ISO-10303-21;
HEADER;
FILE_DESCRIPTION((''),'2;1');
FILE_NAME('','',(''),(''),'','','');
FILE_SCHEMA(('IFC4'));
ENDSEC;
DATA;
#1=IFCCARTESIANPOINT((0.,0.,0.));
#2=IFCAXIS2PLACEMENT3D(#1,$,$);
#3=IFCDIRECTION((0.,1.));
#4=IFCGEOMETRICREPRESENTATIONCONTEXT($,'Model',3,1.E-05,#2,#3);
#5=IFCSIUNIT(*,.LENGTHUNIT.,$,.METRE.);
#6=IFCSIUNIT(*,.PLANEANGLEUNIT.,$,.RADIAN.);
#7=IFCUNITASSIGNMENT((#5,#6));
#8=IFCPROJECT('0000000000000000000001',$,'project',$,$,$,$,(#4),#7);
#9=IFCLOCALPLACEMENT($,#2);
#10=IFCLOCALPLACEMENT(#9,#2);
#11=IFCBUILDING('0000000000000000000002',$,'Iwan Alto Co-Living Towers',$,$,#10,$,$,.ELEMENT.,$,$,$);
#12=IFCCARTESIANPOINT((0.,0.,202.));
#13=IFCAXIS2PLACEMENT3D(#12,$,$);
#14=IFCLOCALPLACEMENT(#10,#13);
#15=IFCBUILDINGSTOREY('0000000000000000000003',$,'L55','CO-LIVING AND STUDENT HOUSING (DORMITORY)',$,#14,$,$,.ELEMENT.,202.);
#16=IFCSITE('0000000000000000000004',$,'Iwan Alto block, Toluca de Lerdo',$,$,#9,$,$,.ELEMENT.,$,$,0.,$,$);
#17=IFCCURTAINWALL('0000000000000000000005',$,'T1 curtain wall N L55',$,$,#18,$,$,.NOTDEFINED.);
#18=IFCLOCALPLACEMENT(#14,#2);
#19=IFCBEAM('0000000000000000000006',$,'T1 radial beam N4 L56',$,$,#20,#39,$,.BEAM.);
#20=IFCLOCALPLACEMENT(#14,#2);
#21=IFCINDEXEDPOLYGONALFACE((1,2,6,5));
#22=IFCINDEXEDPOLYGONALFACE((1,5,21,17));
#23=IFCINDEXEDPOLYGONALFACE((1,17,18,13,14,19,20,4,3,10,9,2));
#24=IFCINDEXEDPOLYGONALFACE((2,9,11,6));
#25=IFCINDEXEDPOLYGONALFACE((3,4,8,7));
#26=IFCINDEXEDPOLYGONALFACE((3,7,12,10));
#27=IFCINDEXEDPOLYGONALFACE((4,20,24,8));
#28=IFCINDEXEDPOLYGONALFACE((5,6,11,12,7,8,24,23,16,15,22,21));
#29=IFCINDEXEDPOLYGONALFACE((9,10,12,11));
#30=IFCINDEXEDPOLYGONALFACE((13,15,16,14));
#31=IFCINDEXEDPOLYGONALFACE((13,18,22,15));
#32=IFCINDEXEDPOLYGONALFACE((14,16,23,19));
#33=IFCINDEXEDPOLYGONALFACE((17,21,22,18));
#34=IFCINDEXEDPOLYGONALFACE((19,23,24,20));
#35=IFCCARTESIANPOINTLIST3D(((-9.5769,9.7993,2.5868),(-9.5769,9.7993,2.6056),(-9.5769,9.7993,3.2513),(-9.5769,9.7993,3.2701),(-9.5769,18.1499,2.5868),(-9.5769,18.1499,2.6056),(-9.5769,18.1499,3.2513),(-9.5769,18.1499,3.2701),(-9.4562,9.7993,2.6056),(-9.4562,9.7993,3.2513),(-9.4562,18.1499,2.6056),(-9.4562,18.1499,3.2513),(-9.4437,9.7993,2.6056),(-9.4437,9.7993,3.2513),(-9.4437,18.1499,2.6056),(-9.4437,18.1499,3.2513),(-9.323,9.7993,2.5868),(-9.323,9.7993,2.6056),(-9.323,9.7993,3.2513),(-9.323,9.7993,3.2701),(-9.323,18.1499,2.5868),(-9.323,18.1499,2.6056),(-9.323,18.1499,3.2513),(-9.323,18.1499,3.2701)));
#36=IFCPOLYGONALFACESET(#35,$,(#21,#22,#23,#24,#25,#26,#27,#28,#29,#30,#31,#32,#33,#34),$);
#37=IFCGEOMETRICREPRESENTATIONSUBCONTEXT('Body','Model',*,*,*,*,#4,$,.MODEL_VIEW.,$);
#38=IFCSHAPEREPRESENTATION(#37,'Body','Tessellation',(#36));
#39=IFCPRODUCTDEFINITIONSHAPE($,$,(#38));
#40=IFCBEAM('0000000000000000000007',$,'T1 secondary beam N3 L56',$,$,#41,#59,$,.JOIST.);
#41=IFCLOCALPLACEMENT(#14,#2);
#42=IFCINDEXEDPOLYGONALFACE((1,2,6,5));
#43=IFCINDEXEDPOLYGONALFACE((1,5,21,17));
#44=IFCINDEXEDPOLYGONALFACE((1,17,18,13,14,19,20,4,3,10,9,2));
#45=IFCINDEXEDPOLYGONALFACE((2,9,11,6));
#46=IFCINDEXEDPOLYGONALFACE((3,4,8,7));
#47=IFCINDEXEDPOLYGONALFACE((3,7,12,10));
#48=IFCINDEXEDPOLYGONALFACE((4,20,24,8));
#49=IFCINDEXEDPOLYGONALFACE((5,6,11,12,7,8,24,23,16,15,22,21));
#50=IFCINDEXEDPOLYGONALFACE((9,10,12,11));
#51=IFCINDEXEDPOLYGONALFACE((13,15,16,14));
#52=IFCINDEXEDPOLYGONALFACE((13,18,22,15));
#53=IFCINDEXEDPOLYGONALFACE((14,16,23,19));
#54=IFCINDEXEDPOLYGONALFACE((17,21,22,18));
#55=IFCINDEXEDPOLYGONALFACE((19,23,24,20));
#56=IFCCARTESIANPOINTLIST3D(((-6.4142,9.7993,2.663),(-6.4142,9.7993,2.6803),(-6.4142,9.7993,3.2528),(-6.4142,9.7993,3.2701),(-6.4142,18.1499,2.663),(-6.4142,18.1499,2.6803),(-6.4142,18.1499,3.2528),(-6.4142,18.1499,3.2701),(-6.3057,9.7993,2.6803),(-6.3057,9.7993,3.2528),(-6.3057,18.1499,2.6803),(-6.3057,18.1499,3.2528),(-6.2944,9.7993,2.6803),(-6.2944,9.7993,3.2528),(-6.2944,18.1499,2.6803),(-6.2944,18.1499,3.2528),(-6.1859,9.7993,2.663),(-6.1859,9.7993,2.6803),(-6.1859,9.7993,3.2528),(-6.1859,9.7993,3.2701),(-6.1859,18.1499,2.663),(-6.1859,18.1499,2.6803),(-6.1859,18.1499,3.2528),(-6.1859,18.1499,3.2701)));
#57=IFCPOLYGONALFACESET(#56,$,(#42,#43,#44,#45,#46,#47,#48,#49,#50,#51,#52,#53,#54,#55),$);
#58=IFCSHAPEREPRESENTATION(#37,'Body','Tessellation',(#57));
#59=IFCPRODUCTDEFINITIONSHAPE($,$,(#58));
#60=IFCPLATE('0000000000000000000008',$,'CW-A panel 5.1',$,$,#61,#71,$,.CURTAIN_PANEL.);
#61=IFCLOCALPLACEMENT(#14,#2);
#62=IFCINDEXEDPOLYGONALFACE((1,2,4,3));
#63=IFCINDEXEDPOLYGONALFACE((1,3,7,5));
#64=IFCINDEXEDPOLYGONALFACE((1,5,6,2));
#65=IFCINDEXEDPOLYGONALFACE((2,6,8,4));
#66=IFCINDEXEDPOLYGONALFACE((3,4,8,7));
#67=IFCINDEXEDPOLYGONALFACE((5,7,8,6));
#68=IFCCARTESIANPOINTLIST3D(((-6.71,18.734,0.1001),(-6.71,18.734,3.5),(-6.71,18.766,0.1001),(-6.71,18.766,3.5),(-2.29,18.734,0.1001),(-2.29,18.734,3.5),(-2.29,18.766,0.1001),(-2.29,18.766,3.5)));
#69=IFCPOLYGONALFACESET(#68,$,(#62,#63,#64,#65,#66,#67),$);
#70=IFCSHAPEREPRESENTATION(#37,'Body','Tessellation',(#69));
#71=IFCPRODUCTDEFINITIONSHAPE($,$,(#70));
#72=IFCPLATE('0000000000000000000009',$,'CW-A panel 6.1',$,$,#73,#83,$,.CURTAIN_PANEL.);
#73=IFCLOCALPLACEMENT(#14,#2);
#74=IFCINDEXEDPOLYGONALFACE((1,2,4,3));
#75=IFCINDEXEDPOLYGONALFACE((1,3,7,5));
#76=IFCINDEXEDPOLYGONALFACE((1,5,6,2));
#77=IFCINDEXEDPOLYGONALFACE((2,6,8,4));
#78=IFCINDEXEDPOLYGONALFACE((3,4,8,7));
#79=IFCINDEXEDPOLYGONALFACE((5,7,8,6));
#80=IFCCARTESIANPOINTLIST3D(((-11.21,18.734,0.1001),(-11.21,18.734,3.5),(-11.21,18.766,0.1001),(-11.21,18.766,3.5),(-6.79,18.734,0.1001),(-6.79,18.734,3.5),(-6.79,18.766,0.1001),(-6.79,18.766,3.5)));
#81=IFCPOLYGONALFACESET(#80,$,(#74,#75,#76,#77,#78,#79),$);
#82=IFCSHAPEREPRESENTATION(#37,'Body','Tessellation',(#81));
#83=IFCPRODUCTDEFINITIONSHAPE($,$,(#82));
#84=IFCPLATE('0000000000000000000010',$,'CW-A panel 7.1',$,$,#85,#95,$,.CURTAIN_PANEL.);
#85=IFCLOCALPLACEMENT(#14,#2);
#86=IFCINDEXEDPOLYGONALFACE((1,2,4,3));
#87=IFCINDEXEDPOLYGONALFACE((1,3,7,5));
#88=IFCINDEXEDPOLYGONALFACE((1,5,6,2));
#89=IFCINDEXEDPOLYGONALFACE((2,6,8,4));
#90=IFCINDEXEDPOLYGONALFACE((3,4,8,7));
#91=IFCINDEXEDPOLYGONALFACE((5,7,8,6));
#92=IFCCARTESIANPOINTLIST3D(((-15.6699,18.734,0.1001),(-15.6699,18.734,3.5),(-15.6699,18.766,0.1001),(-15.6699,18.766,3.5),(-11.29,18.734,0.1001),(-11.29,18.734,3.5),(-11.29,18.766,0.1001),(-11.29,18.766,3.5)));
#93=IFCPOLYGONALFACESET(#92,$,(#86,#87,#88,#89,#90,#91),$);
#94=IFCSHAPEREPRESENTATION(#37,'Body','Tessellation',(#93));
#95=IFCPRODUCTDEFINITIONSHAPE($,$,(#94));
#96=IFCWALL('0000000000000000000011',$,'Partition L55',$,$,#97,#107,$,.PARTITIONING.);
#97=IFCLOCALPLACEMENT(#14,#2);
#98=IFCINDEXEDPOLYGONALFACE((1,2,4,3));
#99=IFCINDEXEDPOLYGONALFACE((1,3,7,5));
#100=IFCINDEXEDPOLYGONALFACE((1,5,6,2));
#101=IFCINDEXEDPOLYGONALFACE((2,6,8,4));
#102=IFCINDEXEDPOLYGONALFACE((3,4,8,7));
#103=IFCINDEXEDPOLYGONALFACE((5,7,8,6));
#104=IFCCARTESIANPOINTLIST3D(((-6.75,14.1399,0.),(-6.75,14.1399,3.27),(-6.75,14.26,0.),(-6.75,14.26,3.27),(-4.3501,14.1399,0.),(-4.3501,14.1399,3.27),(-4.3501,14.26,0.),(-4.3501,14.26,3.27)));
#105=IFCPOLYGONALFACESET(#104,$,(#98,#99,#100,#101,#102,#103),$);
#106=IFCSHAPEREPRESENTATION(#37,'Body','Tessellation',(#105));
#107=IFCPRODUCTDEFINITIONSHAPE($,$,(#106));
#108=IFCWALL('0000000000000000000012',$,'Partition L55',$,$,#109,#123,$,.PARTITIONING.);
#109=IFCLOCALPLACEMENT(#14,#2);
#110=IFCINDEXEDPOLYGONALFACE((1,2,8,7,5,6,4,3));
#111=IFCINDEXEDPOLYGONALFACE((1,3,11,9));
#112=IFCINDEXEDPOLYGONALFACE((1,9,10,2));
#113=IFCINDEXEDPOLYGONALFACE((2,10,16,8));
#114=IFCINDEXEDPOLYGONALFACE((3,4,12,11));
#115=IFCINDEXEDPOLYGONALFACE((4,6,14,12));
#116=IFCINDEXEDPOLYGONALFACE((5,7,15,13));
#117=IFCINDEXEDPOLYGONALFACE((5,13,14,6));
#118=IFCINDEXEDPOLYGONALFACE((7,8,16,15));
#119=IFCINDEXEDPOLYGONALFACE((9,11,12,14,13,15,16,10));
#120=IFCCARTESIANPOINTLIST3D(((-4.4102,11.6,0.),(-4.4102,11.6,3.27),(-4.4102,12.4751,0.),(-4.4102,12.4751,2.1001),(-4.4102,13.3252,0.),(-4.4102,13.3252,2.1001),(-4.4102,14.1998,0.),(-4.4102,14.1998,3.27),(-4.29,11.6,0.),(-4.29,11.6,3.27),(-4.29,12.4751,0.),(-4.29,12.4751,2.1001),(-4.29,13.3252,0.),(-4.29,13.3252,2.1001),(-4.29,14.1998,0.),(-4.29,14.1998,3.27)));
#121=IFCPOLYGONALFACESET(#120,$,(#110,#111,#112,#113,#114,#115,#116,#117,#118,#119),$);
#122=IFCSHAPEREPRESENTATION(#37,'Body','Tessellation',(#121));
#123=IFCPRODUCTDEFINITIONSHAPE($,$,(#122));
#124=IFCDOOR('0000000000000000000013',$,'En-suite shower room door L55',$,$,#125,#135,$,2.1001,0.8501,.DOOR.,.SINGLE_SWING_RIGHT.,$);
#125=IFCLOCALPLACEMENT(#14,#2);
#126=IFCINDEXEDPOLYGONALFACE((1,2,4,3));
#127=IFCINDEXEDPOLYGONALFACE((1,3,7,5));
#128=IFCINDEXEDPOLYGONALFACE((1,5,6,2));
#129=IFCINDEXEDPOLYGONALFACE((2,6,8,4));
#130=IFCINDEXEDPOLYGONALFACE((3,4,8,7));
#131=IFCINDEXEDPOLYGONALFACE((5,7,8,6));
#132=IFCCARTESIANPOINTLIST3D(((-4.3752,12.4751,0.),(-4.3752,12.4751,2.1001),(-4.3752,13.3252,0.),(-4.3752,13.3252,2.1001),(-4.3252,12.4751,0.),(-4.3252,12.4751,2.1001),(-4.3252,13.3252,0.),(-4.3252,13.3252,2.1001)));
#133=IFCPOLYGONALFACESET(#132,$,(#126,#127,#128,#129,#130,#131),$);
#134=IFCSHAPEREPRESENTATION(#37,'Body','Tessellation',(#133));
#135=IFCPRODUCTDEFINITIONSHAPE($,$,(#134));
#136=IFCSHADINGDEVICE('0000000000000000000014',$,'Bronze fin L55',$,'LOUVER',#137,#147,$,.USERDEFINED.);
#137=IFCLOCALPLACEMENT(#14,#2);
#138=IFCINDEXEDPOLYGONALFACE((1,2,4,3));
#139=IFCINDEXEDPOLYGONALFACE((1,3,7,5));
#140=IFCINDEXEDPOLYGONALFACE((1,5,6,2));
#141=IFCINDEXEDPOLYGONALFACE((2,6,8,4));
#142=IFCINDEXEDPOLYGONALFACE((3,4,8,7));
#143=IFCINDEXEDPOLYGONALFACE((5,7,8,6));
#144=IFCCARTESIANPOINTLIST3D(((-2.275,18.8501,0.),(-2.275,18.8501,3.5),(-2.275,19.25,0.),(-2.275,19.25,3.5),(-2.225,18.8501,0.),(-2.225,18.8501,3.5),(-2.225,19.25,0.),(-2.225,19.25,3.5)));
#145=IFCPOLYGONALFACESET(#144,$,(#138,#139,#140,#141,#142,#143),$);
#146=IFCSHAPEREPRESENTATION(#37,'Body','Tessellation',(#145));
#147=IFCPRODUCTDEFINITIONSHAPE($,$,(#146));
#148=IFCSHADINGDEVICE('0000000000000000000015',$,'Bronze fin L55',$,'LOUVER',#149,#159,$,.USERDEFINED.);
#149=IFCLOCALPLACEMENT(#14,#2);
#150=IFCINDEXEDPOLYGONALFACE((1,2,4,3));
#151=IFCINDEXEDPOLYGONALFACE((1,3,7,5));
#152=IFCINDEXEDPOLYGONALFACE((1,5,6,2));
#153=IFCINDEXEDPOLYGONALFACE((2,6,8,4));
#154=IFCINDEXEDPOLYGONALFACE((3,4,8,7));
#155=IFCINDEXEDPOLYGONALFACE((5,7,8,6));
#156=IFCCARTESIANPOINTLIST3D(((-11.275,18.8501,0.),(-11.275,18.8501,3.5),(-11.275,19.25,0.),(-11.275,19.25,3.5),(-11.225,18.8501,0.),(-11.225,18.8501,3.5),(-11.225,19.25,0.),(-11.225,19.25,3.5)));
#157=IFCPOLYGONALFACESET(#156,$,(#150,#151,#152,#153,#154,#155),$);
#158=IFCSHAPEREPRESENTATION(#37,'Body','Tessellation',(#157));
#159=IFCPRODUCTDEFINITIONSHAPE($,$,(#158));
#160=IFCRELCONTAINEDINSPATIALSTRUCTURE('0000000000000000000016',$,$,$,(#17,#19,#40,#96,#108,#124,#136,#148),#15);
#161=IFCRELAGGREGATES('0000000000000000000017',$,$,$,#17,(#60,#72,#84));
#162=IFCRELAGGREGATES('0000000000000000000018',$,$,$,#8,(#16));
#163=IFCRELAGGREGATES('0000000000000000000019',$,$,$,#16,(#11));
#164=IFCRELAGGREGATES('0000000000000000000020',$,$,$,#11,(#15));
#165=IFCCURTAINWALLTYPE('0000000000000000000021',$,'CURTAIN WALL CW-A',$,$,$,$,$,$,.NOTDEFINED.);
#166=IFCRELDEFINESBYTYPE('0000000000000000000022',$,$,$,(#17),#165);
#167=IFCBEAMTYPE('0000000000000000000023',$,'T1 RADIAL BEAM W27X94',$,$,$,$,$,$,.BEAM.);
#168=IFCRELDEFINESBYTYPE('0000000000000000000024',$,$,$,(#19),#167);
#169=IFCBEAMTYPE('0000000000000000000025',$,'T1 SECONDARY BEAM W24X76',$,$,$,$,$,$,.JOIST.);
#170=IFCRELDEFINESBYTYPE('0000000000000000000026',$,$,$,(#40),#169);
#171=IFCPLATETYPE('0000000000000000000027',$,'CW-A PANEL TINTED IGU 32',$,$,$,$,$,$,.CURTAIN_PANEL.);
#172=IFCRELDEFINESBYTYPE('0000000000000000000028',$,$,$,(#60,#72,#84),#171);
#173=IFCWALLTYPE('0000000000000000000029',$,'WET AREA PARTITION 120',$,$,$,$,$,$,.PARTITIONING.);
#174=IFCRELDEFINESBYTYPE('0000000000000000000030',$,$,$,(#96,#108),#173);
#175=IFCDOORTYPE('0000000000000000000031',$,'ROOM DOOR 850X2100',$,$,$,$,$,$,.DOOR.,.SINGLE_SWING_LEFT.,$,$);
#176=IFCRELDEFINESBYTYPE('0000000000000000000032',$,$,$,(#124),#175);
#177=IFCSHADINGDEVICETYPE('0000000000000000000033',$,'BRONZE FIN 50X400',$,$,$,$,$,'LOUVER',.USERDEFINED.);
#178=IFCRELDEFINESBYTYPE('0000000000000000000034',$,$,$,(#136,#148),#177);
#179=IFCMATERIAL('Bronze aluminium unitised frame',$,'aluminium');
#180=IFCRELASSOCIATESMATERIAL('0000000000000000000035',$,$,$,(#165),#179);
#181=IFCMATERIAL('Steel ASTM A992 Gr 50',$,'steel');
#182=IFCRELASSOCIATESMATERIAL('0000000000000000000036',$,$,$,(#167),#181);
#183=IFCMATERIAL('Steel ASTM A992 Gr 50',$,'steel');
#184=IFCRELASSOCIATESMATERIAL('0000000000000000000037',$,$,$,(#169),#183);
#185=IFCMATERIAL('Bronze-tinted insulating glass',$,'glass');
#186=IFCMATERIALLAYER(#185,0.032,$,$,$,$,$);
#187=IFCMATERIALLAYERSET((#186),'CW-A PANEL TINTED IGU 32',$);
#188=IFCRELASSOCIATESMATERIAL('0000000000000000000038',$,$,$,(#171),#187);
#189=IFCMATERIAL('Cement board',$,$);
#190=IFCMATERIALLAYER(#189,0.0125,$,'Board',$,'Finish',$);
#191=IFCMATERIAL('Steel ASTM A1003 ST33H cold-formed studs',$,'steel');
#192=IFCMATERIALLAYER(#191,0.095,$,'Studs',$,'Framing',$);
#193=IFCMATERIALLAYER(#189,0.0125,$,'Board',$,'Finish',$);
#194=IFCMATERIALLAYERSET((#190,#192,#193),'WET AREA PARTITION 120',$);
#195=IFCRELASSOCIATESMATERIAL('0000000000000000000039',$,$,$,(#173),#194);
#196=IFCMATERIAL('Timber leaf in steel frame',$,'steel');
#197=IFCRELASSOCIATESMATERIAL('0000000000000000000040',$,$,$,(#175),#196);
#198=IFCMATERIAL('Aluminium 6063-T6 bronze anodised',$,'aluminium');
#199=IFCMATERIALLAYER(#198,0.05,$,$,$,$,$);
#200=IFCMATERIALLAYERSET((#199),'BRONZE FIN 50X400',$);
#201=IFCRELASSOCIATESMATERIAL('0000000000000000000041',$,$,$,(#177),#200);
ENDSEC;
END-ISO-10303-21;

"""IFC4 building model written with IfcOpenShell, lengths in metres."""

from ifc_helpers import new_model, si_unit, direction, frame, frame_2d, origin, origin_2d, place, context, subcontext, project, spatial, rectangle, i_section, extrude, material, layer, layer_set, material_profile, profile_set, type_object, element, fill, aggregate, save


model = new_model("IFC4")

# Units and contexts
model_context = context("Model", 3, precision=1e-05, world=origin(), true_north=direction((0.0, 1.0)))
body_context = subcontext(model_context, "Body", "Model", "MODEL_VIEW")
ifc_project = project(units=[si_unit("LENGTHUNIT", "METRE"), si_unit("PLANEANGLEUNIT", "RADIAN")], contexts=[model_context])

# Site, building, storey
site_placement = place(None, origin())
site = spatial("IfcSite", under=ifc_project, at=site_placement, Name="Iwan Alto block, Toluca de Lerdo", CompositionType="ELEMENT", RefElevation=0.0)
building_placement = place(site_placement, origin())
building = spatial("IfcBuilding", under=site, at=building_placement, Name="Iwan Alto Co-Living Towers", CompositionType="ELEMENT")
storey_placement = place(building_placement, frame((0.0, 0.0, 202.0)))
storey = spatial("IfcBuildingStorey", under=building, at=storey_placement, Name="L55", Description="CO-LIVING AND STUDENT HOUSING (DORMITORY)", CompositionType="ELEMENT", Elevation=202.0)

# Curtain wall
ifc_material_1 = material(Name="Bronze aluminium unitised frame", Category="aluminium")
curtain_wall_type = type_object("IfcCurtainWallType", Name="CURTAIN WALL CW-A", PredefinedType="NOTDEFINED", material=ifc_material_1)
curtain_wall_placement = place(storey_placement, origin())
curtain_wall = element("IfcCurtainWall", 1, at=curtain_wall_placement, inside=storey, type_object=curtain_wall_type, Name="T1 curtain wall N L55", PredefinedType="NOTDEFINED")

# Beams
ifc_material_2 = material(Name="Steel ASTM A992 Gr 50", Category="steel")
ifc_material_profile_1 = material_profile(ifc_material_2, i_section(OverallWidth=0.2539, OverallDepth=0.6833, WebThickness=0.0125, FlangeThickness=0.0188, at=origin_2d()), Name="W27X94")
ifc_profile_set_1 = profile_set([ifc_material_profile_1], Name="Steel ASTM A992 Gr 50")
beam_type_1 = type_object("IfcBeamType", Name="T1 RADIAL BEAM W27X94", PredefinedType="BEAM", material=ifc_profile_set_1)
for number, where, z_axis, x_axis, name in (
    (2, (-9.45, 18.1499, 2.9285), (0.0, -1.0, 0.0), (1.0, 0.0, 0.0), "T1 radial beam N4 L56"),
):
    element("IfcBeam", number, at=place(storey_placement, frame(where, z_axis=z_axis, x_axis=x_axis)), inside=storey, type_object=beam_type_1, Name=name, PredefinedType="BEAM", context=body_context, shape_type="SweptSolid", body=[
        extrude(i_section(OverallWidth=0.2539, OverallDepth=0.6833, WebThickness=0.0125, FlangeThickness=0.0188, at=origin_2d()), origin(), (0.0, 0.0, 1.0), 8.3506),
    ])
ifc_material_3 = material(Name="Steel ASTM A992 Gr 50", Category="steel")
ifc_material_profile_2 = material_profile(ifc_material_3, i_section(OverallWidth=0.2283, OverallDepth=0.6072, WebThickness=0.0112, FlangeThickness=0.0173, at=origin_2d()), Name="W24X76")
ifc_profile_set_2 = profile_set([ifc_material_profile_2], Name="Steel ASTM A992 Gr 50")
beam_type_2 = type_object("IfcBeamType", Name="T1 SECONDARY BEAM W24X76", PredefinedType="JOIST", material=ifc_profile_set_2)
beam_1_placement = place(storey_placement, frame((-6.3, 18.1499, 2.9666), z_axis=(0.0, -1.0, 0.0), x_axis=(1.0, 0.0, 0.0)))
element("IfcBeam", 3, at=beam_1_placement, inside=storey, type_object=beam_type_2, Name="T1 secondary beam N3 L56", PredefinedType="JOIST", context=body_context, shape_type="SweptSolid", body=[
    extrude(i_section(OverallWidth=0.2283, OverallDepth=0.6072, WebThickness=0.0112, FlangeThickness=0.0173, at=origin_2d()), origin(), (0.0, 0.0, 1.0), 8.3506),
])

# Plates
ifc_material_4 = material(Name="Bronze-tinted insulating glass", Category="glass")
ifc_layer_1 = layer(ifc_material_4, 0.032)
ifc_layer_set_1 = layer_set([ifc_layer_1], Name="CW-A PANEL TINTED IGU 32")
plate_type = type_object("IfcPlateType", Name="CW-A PANEL TINTED IGU 32", PredefinedType="CURTAIN_PANEL", material=ifc_layer_set_1)
plate_1_placement = place(storey_placement, frame((-4.5, 18.75, 0.1001), z_axis=(0.0, 0.0, 1.0), x_axis=(-1.0, 0.0, 0.0)))
plate_1 = element("IfcPlate", 4, at=plate_1_placement, type_object=plate_type, Name="CW-A panel 5.1", PredefinedType="CURTAIN_PANEL", context=body_context, shape_type="SweptSolid", body=[
    extrude(rectangle(XDim=4.4199, YDim=0.032, at=origin_2d()), origin(), (0.0, 0.0, 1.0), 3.3999),
])
plate_2_placement = place(storey_placement, frame((-9.0, 18.75, 0.1001), z_axis=(0.0, 0.0, 1.0), x_axis=(-1.0, 0.0, 0.0)))
plate_2 = element("IfcPlate", 5, at=plate_2_placement, type_object=plate_type, Name="CW-A panel 6.1", PredefinedType="CURTAIN_PANEL", context=body_context, shape_type="SweptSolid", body=[
    extrude(rectangle(XDim=4.4199, YDim=0.032, at=origin_2d()), origin(), (0.0, 0.0, 1.0), 3.3999),
])
plate_3_placement = place(storey_placement, frame((-13.48, 18.75, 0.1001), z_axis=(0.0, 0.0, 1.0), x_axis=(-1.0, 0.0, 0.0)))
plate_3 = element("IfcPlate", 6, at=plate_3_placement, type_object=plate_type, Name="CW-A panel 7.1", PredefinedType="CURTAIN_PANEL", context=body_context, shape_type="SweptSolid", body=[
    extrude(rectangle(XDim=4.3799, YDim=0.032, at=origin_2d()), origin(), (0.0, 0.0, 1.0), 3.3999),
])
aggregate(curtain_wall, [plate_1, plate_2, plate_3])

# Wall
ifc_material_5 = material(Name="Cement board")
ifc_layer_2 = layer(ifc_material_5, 0.0125, Name="Board", Category="Finish")
ifc_material_6 = material(Name="Steel ASTM A1003 ST33H cold-formed studs", Category="steel")
ifc_layer_3 = layer(ifc_material_6, 0.095, Name="Studs", Category="Framing")
ifc_layer_4 = layer(ifc_material_5, 0.0125, Name="Board", Category="Finish")
ifc_layer_set_2 = layer_set([ifc_layer_2, ifc_layer_3, ifc_layer_4], Name="WET AREA PARTITION 120")
wall_type = type_object("IfcWallType", Name="WET AREA PARTITION 120", PredefinedType="PARTITIONING", material=ifc_layer_set_2)
wall_1_placement = place(storey_placement, frame((-6.75, 14.2, 0.0), z_axis=(0.0, 0.0, 1.0), x_axis=(1.0, 0.0, 0.0)))
element("IfcWall", 7, at=wall_1_placement, inside=storey, type_object=wall_type, Name="Partition L55", PredefinedType="PARTITIONING", context=body_context, shape_type="SweptSolid", body=[
    extrude(rectangle(XDim=2.3999, YDim=0.1201, at=frame_2d((1.2, 0.0))), origin(), (0.0, 0.0, 1.0), 3.27),
])

# Wall, opening, door
wall_2_placement = place(storey_placement, frame((-4.3501, 11.6001, 0.0), z_axis=(0.0, 0.0, 1.0), x_axis=(0.0, 1.0, 0.0)))
wall_2 = element("IfcWall", 8, at=wall_2_placement, inside=storey, type_object=wall_type, Name="Partition L55", PredefinedType="PARTITIONING", context=body_context, shape_type="SweptSolid", body=[
    extrude(rectangle(XDim=2.5999, YDim=0.1201, at=frame_2d((1.2998, 0.0))), origin(), (0.0, 0.0, 1.0), 3.27),
])
opening_placement = place(wall_2_placement, frame((0.875, 0.0, 0.0)))
opening = element("IfcOpeningElement", 9, at=opening_placement, cuts=wall_2, PredefinedType="OPENING", context=body_context, shape_type="SweptSolid", body=[
    extrude(rectangle(XDim=0.8501, YDim=2.1001, at=frame_2d((0.425, 1.05))), frame((0.0, 0.0701, 0.0), z_axis=(0.0, -1.0, 0.0), x_axis=(1.0, 0.0, 0.0)), (0.0, 0.0, 1.0), 0.1401),
])
ifc_material_7 = material(Name="Timber leaf in steel frame", Category="steel")
door_type = type_object("IfcDoorType", Name="ROOM DOOR 850X2100", OperationType="SINGLE_SWING_LEFT", PredefinedType="DOOR", material=ifc_material_7)
door_placement = place(opening_placement, frame((0.8501, 0.0, 0.0), z_axis=(0.0, 0.0, 1.0), x_axis=(-1.0, 0.0, 0.0)))
door = element("IfcDoor", 10, at=door_placement, inside=storey, type_object=door_type, Name="En-suite shower room door L55", OperationType="SINGLE_SWING_RIGHT", OverallHeight=2.1001, OverallWidth=0.8501, PredefinedType="DOOR", context=body_context, shape_type="SweptSolid", body=[
    extrude(rectangle(XDim=0.8501, YDim=2.1001, at=frame_2d((0.425, 1.05))), frame((0.0, 0.0249, 0.0), z_axis=(0.0, -1.0, 0.0), x_axis=(1.0, 0.0, 0.0)), (0.0, 0.0, 1.0), 0.05),
])
fill(opening, door)

# Shading devices
ifc_material_8 = material(Name="Aluminium 6063-T6 bronze anodised", Category="aluminium")
ifc_layer_5 = layer(ifc_material_8, 0.05)
ifc_layer_set_3 = layer_set([ifc_layer_5], Name="BRONZE FIN 50X400")
shading_device_type = type_object("IfcShadingDeviceType", Name="BRONZE FIN 50X400", ElementType="LOUVER", PredefinedType="USERDEFINED", material=ifc_layer_set_3)
for number, where, z_axis, x_axis, name in (
    (11, (-2.25, 19.05, 0.0), (0.0, 0.0, 1.0), (-1.0, 0.0, 0.0), "Bronze fin L55"),
    (12, (-11.25, 19.05, 0.0), (0.0, 0.0, 1.0), (-1.0, 0.0, 0.0), "Bronze fin L55"),
):
    element("IfcShadingDevice", number, at=place(storey_placement, frame(where, z_axis=z_axis, x_axis=x_axis)), inside=storey, type_object=shading_device_type, Name=name, ObjectType="LOUVER", PredefinedType="USERDEFINED", context=body_context, shape_type="SweptSolid", body=[
        extrude(rectangle(XDim=0.05, YDim=0.3999, at=origin_2d()), origin(), (0.0, 0.0, 1.0), 3.5),
    ])

save(model, "model.ifc")
